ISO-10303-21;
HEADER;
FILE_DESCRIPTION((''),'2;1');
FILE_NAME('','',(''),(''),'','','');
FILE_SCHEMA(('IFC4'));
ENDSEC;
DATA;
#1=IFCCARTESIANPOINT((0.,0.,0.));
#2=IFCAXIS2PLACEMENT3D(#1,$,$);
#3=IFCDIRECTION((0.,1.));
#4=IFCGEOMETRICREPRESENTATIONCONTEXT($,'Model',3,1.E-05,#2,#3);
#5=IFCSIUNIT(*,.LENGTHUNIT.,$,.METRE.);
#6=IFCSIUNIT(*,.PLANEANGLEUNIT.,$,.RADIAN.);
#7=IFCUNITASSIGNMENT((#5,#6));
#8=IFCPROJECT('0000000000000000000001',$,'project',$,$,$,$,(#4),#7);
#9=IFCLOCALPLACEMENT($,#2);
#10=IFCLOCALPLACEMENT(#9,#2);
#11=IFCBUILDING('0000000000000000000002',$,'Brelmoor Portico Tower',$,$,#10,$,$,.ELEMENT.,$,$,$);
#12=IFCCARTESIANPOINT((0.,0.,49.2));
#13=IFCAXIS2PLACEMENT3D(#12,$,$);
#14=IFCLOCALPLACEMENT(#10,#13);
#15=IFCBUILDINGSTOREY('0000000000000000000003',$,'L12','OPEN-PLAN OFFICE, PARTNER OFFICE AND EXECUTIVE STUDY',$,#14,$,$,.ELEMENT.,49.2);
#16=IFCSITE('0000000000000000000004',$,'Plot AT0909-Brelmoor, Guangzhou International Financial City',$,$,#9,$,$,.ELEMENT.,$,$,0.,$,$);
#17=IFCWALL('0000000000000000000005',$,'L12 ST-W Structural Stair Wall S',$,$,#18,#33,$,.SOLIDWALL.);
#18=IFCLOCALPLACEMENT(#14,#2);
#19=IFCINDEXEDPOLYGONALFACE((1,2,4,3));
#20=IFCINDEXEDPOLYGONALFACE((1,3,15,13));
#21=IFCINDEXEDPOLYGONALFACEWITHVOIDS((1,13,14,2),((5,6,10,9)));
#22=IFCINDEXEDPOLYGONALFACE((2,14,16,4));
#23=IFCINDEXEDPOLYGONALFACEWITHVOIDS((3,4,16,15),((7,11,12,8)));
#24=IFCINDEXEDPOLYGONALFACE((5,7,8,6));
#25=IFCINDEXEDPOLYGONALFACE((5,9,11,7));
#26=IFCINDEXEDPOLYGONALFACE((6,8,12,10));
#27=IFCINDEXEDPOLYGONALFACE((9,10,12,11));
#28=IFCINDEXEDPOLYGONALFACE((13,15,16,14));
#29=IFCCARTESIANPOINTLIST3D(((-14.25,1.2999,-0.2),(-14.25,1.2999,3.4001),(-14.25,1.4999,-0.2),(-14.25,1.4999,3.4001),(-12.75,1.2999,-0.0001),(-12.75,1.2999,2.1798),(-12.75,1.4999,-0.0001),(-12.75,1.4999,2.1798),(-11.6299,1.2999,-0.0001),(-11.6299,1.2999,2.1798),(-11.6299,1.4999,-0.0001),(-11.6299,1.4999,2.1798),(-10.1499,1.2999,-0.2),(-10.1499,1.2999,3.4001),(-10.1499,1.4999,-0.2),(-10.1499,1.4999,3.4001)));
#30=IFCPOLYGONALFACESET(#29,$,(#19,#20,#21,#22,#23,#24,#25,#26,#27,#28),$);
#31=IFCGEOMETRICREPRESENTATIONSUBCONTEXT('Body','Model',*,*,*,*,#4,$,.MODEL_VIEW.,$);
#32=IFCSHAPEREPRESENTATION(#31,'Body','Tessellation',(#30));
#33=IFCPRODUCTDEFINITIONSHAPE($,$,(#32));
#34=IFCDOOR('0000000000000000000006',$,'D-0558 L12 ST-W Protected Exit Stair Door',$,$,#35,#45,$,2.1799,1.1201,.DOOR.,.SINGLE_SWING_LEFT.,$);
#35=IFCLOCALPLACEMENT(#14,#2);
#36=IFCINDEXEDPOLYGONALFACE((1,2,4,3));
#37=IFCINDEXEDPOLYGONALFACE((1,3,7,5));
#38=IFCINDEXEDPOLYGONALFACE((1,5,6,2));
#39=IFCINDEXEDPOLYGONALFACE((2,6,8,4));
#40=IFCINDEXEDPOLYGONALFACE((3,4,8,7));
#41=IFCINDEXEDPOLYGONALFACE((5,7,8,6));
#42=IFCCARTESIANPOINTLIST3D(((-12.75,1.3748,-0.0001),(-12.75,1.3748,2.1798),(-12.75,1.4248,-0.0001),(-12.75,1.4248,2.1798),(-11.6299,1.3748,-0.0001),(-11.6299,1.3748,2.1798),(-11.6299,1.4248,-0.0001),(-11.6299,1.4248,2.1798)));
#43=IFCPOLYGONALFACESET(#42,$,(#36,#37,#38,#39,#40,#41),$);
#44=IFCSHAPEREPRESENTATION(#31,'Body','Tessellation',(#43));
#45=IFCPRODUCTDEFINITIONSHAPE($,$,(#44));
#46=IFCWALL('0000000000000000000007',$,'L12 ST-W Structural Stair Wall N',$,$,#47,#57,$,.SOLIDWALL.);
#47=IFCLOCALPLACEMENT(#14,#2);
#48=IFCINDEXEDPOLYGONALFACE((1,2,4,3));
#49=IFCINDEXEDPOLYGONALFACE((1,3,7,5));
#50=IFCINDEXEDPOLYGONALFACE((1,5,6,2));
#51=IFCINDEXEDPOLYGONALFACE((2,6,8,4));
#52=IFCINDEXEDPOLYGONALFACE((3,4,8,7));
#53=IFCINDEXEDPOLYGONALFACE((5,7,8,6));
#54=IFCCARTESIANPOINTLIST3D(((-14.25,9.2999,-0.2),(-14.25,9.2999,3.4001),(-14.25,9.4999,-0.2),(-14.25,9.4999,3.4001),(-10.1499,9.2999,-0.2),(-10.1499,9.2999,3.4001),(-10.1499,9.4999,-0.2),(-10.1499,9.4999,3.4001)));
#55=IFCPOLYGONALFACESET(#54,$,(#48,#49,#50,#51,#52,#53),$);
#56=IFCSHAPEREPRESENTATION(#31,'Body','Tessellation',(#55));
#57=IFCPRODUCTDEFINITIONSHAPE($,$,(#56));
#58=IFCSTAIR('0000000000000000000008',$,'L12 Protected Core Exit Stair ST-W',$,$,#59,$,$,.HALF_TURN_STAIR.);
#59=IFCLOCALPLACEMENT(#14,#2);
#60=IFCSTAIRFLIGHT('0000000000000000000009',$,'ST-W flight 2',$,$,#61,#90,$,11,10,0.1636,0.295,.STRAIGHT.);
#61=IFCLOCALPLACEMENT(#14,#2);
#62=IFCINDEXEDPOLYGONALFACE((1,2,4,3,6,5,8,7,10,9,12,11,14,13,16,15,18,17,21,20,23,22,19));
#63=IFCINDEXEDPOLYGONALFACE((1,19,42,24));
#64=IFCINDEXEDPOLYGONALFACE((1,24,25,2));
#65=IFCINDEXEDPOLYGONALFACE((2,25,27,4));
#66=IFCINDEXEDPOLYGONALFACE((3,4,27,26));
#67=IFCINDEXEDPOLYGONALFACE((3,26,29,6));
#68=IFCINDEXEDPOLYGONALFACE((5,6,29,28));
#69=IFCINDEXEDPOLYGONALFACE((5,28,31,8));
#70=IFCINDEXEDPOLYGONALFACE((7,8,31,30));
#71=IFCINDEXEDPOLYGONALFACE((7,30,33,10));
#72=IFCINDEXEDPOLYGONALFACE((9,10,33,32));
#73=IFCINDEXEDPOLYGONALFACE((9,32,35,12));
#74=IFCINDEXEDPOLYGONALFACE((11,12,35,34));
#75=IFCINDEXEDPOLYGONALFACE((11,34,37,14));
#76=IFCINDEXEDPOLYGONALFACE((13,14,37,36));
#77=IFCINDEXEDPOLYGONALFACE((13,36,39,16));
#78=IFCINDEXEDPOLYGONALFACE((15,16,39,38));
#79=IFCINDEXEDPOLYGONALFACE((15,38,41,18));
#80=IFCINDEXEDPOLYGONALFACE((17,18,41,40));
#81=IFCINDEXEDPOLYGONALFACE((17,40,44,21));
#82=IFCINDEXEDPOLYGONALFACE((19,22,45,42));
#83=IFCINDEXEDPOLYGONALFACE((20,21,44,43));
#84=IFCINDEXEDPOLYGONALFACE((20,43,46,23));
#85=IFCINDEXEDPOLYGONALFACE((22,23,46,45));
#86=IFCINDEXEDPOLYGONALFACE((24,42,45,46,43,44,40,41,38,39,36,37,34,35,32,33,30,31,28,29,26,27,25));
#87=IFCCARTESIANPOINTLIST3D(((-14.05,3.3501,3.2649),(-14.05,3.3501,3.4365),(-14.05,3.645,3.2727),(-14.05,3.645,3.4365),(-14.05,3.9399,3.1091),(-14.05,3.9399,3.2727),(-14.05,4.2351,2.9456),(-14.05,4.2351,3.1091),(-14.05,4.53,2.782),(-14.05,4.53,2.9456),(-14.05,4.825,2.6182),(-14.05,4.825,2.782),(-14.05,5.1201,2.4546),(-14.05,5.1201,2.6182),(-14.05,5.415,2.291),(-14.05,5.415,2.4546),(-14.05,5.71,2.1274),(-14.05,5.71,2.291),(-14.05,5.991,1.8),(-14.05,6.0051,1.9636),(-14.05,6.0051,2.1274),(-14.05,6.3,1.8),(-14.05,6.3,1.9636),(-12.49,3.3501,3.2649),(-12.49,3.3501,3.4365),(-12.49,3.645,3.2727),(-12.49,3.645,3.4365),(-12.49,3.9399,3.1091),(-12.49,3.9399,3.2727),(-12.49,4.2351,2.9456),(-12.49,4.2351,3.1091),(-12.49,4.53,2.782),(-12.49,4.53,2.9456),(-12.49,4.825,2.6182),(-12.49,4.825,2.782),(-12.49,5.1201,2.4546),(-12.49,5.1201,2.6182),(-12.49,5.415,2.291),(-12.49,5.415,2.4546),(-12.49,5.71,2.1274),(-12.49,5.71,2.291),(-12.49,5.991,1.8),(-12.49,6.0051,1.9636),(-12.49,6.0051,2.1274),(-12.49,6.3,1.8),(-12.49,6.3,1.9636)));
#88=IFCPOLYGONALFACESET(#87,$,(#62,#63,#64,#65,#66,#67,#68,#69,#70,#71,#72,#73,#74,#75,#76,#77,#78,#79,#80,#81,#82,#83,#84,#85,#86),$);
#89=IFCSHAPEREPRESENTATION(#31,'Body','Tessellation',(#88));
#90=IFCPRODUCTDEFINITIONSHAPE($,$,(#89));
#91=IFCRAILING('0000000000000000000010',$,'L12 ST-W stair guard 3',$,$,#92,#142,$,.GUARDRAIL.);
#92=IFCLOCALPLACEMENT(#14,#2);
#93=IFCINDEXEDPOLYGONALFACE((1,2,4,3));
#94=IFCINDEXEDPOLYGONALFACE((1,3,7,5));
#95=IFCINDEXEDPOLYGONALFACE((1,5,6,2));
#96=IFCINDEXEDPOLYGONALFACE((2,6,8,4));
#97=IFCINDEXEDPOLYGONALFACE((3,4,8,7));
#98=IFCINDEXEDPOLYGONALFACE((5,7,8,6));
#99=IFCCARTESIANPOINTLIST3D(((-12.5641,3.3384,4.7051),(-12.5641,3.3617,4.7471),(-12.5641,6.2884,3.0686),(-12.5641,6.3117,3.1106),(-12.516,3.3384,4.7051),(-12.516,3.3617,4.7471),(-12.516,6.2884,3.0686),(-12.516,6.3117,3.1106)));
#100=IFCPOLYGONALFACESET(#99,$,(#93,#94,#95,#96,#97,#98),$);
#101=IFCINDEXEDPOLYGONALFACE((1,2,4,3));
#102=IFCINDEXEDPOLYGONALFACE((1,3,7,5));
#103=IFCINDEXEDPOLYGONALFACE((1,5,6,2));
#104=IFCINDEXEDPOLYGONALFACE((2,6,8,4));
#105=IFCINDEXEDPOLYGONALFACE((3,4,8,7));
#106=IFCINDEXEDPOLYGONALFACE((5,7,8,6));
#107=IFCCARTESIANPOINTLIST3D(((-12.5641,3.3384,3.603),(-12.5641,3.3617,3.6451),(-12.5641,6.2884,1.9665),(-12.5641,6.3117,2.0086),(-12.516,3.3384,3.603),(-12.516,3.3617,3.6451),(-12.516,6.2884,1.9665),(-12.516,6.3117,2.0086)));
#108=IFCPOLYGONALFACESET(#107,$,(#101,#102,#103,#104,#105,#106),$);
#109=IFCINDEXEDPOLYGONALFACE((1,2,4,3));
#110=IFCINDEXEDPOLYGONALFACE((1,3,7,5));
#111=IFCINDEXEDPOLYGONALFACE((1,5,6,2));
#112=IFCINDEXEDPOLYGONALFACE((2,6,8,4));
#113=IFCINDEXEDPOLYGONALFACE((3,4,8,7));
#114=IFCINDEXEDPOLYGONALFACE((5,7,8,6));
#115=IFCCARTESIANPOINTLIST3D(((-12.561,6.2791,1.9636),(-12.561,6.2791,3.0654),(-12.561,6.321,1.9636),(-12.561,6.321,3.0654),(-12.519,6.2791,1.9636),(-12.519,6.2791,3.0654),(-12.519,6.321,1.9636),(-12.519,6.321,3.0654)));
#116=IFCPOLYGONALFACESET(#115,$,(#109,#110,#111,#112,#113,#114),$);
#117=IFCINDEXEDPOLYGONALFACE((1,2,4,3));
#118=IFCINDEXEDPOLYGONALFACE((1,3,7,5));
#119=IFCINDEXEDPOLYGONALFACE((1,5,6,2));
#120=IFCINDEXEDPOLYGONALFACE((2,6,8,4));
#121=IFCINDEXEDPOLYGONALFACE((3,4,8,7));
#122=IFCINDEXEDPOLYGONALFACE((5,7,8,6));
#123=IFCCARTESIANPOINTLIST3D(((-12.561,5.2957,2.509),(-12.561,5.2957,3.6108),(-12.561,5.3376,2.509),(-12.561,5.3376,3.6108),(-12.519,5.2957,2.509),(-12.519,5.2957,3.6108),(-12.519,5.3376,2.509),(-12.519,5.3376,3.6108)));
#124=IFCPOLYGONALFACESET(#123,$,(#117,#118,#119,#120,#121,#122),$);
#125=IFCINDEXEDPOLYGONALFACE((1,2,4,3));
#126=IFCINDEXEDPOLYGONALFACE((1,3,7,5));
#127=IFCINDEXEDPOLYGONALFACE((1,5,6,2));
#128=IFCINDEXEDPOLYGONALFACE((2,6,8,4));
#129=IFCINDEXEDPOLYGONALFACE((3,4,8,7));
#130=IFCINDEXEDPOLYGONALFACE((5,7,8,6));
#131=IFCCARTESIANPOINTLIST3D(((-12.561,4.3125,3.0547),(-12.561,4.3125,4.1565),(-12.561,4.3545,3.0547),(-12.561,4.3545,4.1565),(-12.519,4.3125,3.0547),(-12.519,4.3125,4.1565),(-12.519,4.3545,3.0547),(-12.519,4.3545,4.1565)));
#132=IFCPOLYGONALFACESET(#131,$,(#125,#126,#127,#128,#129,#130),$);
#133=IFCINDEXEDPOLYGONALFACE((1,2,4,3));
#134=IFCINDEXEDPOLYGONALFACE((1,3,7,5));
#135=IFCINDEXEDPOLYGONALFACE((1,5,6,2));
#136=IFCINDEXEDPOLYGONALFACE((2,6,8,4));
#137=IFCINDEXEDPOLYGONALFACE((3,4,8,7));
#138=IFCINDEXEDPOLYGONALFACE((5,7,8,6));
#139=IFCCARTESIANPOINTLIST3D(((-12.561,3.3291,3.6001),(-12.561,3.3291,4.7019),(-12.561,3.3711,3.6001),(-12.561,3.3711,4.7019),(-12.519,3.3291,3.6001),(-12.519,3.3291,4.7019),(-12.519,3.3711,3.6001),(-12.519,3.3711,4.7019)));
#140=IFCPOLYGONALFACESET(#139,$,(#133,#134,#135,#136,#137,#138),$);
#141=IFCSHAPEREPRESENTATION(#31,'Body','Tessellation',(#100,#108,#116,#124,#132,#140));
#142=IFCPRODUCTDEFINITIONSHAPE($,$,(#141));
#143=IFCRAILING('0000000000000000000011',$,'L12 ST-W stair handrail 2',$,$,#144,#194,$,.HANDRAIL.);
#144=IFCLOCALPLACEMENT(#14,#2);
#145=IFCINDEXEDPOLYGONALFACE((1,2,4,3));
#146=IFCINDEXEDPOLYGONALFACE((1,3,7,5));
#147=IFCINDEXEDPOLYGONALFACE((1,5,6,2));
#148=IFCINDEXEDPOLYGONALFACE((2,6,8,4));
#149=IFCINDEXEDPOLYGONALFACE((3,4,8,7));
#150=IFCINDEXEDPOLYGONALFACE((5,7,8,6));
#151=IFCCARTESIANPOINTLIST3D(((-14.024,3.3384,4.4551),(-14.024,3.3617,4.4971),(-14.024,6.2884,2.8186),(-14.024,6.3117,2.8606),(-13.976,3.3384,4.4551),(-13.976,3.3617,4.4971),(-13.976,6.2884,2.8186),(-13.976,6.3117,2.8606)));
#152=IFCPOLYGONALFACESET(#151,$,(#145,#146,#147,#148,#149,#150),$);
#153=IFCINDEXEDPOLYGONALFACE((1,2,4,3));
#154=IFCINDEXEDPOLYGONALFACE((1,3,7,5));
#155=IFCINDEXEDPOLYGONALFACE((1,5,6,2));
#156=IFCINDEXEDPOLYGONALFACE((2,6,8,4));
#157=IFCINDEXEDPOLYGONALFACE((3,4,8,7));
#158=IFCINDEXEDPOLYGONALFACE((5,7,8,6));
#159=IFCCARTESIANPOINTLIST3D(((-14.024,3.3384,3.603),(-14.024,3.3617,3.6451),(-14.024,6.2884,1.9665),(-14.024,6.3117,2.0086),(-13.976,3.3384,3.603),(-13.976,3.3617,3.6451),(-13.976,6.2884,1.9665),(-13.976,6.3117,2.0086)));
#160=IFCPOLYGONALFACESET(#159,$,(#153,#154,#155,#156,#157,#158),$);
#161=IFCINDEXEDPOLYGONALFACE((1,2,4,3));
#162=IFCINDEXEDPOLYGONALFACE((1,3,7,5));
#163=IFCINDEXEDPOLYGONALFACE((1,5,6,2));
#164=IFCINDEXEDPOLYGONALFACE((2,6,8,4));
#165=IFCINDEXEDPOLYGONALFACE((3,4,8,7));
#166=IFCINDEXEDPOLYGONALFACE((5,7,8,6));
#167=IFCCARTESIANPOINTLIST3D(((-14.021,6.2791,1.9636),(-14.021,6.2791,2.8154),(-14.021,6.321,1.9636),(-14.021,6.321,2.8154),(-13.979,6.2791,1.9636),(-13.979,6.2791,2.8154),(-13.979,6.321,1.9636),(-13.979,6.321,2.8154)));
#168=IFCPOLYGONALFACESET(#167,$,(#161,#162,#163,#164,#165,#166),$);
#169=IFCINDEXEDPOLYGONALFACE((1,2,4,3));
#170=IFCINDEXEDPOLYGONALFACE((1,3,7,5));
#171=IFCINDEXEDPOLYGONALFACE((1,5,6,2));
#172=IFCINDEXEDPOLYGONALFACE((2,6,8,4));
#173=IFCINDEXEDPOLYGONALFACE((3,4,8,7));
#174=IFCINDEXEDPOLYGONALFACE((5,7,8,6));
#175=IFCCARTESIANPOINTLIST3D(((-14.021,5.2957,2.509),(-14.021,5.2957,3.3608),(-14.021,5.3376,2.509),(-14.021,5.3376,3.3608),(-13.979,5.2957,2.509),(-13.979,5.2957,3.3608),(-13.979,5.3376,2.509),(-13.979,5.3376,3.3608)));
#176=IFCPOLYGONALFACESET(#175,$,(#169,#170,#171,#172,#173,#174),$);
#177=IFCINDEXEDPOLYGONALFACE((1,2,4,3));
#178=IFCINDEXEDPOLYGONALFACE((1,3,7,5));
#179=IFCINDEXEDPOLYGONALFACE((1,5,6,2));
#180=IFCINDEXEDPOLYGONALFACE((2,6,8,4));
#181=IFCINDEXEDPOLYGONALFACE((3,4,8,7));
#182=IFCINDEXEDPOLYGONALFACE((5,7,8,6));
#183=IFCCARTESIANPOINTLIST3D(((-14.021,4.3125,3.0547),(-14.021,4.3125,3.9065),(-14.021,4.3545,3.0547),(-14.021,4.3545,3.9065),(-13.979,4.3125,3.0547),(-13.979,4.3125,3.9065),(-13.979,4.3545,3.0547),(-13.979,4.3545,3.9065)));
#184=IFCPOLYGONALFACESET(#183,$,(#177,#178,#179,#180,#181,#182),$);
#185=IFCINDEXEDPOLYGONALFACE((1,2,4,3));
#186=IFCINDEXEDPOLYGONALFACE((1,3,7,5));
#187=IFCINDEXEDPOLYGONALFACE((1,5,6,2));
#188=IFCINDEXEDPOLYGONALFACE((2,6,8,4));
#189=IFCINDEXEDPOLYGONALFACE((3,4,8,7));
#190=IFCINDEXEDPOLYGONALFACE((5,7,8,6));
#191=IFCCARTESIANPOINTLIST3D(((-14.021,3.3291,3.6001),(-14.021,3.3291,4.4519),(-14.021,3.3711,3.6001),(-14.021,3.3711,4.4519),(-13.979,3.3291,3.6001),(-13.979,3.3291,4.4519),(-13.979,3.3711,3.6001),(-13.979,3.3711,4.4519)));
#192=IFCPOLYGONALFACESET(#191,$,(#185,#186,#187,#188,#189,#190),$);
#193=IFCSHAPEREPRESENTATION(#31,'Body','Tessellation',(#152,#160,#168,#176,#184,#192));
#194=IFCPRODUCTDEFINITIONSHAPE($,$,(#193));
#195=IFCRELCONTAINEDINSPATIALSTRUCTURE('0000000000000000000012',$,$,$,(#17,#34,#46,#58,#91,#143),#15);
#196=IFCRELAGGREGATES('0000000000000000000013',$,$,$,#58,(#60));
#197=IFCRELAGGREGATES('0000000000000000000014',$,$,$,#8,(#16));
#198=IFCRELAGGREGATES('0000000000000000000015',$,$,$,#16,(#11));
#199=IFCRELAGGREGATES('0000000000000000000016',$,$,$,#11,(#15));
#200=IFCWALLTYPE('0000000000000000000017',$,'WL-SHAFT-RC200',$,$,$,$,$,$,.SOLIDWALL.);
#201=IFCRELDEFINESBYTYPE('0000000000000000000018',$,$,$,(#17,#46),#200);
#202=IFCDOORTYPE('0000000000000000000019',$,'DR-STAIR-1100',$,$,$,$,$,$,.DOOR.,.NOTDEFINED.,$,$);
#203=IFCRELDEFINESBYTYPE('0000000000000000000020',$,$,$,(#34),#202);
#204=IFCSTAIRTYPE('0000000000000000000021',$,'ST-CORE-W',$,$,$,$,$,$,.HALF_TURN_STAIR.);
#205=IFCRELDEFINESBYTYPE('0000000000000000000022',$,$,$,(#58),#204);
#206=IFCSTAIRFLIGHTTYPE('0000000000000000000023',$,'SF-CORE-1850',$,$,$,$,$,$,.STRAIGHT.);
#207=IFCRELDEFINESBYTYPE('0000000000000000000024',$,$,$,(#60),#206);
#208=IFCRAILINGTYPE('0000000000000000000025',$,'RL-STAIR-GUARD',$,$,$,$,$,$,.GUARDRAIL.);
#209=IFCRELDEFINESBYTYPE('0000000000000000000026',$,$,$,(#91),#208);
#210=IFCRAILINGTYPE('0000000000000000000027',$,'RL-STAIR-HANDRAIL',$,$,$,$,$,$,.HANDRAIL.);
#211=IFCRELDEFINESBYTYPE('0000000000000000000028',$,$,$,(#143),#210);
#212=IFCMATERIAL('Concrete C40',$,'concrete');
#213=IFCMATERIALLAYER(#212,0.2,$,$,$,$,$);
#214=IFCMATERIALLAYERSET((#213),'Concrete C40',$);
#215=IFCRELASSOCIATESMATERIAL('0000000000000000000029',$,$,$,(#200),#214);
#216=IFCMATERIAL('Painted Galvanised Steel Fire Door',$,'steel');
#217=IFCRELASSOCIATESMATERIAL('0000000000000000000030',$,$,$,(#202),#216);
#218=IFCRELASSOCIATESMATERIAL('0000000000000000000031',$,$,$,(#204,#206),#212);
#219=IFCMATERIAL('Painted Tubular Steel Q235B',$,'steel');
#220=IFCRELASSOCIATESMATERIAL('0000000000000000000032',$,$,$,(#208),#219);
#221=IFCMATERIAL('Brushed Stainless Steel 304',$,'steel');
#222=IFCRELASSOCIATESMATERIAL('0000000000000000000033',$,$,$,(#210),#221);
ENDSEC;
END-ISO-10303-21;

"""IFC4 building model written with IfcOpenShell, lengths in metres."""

from ifc_helpers import new_model, si_unit, direction, frame, frame_2d, origin, origin_2d, place, context, subcontext, project, spatial, polyline, rectangle, outline, extrude, material, layer, layer_set, type_object, element, fill, aggregate, save


model = new_model("IFC4")

# Units and contexts
model_context = context("Model", 3, precision=1e-05, world=origin(), true_north=direction((0.0, 1.0)))
body_context = subcontext(model_context, "Body", "Model", "MODEL_VIEW")
ifc_project = project(units=[si_unit("LENGTHUNIT", "METRE"), si_unit("PLANEANGLEUNIT", "RADIAN")], contexts=[model_context])

# Site, building, storey
site_placement = place(None, origin())
site = spatial("IfcSite", under=ifc_project, at=site_placement, Name="Plot AT0909-Brelmoor, Guangzhou International Financial City", CompositionType="ELEMENT", RefElevation=0.0)
building_placement = place(site_placement, origin())
building = spatial("IfcBuilding", under=site, at=building_placement, Name="Brelmoor Portico Tower", CompositionType="ELEMENT")
storey_placement = place(building_placement, frame((0.0, 0.0, 49.2)))
storey = spatial("IfcBuildingStorey", under=building, at=storey_placement, Name="L12", Description="OPEN-PLAN OFFICE, PARTNER OFFICE AND EXECUTIVE STUDY", CompositionType="ELEMENT", Elevation=49.2)

# Shared definitions
ifc_material_1 = material(Name="Concrete C40", Category="concrete")
ifc_layer_1 = layer(ifc_material_1, 0.2)
ifc_layer_set_1 = layer_set([ifc_layer_1], Name="Concrete C40")
wall_type_1 = type_object("IfcWallType", Name="WL-SHAFT-RC200", PredefinedType="SOLIDWALL", material=ifc_layer_set_1)

# Wall, opening, door
wall_1_placement = place(storey_placement, frame((-14.25, 1.3999, -0.2), z_axis=(0.0, 0.0, 1.0), x_axis=(1.0, 0.0, 0.0)))
wall_1 = element("IfcWall", 1, at=wall_1_placement, inside=storey, type_object=wall_type_1, Name="L12 ST-W Structural Stair Wall S", PredefinedType="SOLIDWALL", context=body_context, shape_type="SweptSolid", body=[
    extrude(rectangle(XDim=4.1001, YDim=0.2, at=frame_2d((2.05, 0.0))), origin(), (0.0, 0.0, 1.0), 3.6001),
])
opening_1_placement = place(wall_1_placement, frame((1.5, 0.0, 0.2)))
opening_1 = element("IfcOpeningElement", 2, at=opening_1_placement, cuts=wall_1, PredefinedType="OPENING", context=body_context, shape_type="SweptSolid", body=[
    extrude(rectangle(XDim=1.1201, YDim=2.1799, at=frame_2d((0.5601, 1.0898))), frame((0.0, 0.1099, 0.0), z_axis=(0.0, -1.0, 0.0), x_axis=(1.0, 0.0, 0.0)), (0.0, 0.0, 1.0), 0.22),
])
ifc_material_2 = material(Name="Painted Galvanised Steel Fire Door", Category="steel")
door_type_1 = type_object("IfcDoorType", Name="DR-STAIR-1100", OperationType="NOTDEFINED", PredefinedType="DOOR", material=ifc_material_2)
door_1_placement = place(opening_1_placement, origin())
door_1 = element("IfcDoor", 3, at=door_1_placement, inside=storey, type_object=door_type_1, Name="D-0558 L12 ST-W Protected Exit Stair Door", OperationType="SINGLE_SWING_LEFT", OverallHeight=2.1799, OverallWidth=1.1201, PredefinedType="DOOR", context=body_context, shape_type="SweptSolid", body=[
    extrude(rectangle(XDim=1.1201, YDim=2.1799, at=frame_2d((0.5601, 1.0898))), frame((0.0, 0.0249, 0.0), z_axis=(0.0, -1.0, 0.0), x_axis=(1.0, 0.0, 0.0)), (0.0, 0.0, 1.0), 0.05),
])
fill(opening_1, door_1)

# Wall
wall_2_placement = place(storey_placement, frame((-14.25, 9.3999, -0.2), z_axis=(0.0, 0.0, 1.0), x_axis=(1.0, 0.0, 0.0)))
element("IfcWall", 4, at=wall_2_placement, inside=storey, type_object=wall_type_1, Name="L12 ST-W Structural Stair Wall N", PredefinedType="SOLIDWALL", context=body_context, shape_type="SweptSolid", body=[
    extrude(rectangle(XDim=4.1001, YDim=0.2, at=frame_2d((2.05, 0.0))), origin(), (0.0, 0.0, 1.0), 3.6001),
])

# Stair, stair flight
stair_type = type_object("IfcStairType", Name="ST-CORE-W", PredefinedType="HALF_TURN_STAIR", material=ifc_material_1)
stair_placement = place(storey_placement, origin())
stair = element("IfcStair", 5, at=stair_placement, inside=storey, type_object=stair_type, Name="L12 Protected Core Exit Stair ST-W", PredefinedType="HALF_TURN_STAIR")
stair_flight_type = type_object("IfcStairFlightType", Name="SF-CORE-1850", PredefinedType="STRAIGHT", material=ifc_material_1)
stair_flight_placement = place(storey_placement, frame((-13.27, 6.3, 1.8), z_axis=(0.0, 0.0, 1.0), x_axis=(0.0, -1.0, 0.0)))
stair_flight = element("IfcStairFlight", 6, at=stair_flight_placement, type_object=stair_flight_type, Name="ST-W flight 2", NumberOfRisers=11, NumberOfTreads=10, PredefinedType="STRAIGHT", RiserHeight=0.1636, TreadLength=0.295, context=body_context, shape_type="SweptSolid", body=[
    extrude(outline(polyline([(0.0, 0.0), (0.0, 0.1636), (0.2949, 0.1636), (0.2949, 0.3274), (0.5901, 0.3274), (0.5901, 0.491), (0.885, 0.491), (0.885, 0.6545), (1.1799, 0.6545), (1.1799, 0.8181), (1.4751, 0.8181), (1.4751, 0.9819), (1.77, 0.9819), (1.77, 1.1455), (2.0649, 1.1455), (2.0649, 1.3091), (2.3601, 1.3091), (2.3601, 1.4727), (2.655, 1.4727), (2.655, 1.6365), (2.95, 1.6365), (2.95, 1.8), (2.95, 1.4648), (0.3091, 0.0), (0.0, 0.0)])), frame((0.0, 0.78, 0.0), z_axis=(0.0, -1.0, 0.0), x_axis=(1.0, 0.0, 0.0)), (0.0, 0.0, 1.0), 1.5601),
])
aggregate(stair, [stair_flight])

# Railings
ifc_material_3 = material(Name="Painted Tubular Steel Q235B", Category="steel")
railing_type_1 = type_object("IfcRailingType", Name="RL-STAIR-GUARD", PredefinedType="GUARDRAIL", material=ifc_material_3)
railing_1_placement = place(storey_placement, frame((-12.54, 6.3, 1.9636)))
element("IfcRailing", 7, at=railing_1_placement, inside=storey, type_object=railing_type_1, Name="L12 ST-W stair guard 3", PredefinedType="GUARDRAIL", context=body_context, shape_type="SweptSolid", body=[
    extrude(rectangle(XDim=0.0481, YDim=0.0481, at=origin_2d()), frame((0.0, 0.0, 1.126), z_axis=(0.0, -0.874458, 0.485102), x_axis=(1.0, 0.0, 0.0)), (0.0, 0.0, 1.0), 3.3735),
    extrude(rectangle(XDim=0.0481, YDim=0.0481, at=origin_2d()), frame((0.0, 0.0, 0.0239), z_axis=(0.0, -0.874458, 0.485102), x_axis=(1.0, 0.0, 0.0)), (0.0, 0.0, 1.0), 3.3735),
    extrude(rectangle(XDim=0.042, YDim=0.042, at=origin_2d()), origin(), (0.0, 0.0, 1.0), 1.1018),
    extrude(rectangle(XDim=0.042, YDim=0.042, at=origin_2d()), frame((0.0, -0.9834, 0.5454)), (0.0, 0.0, 1.0), 1.1018),
    extrude(rectangle(XDim=0.042, YDim=0.042, at=origin_2d()), frame((0.0, -1.9666, 1.0911)), (0.0, 0.0, 1.0), 1.1018),
    extrude(rectangle(XDim=0.042, YDim=0.042, at=origin_2d()), frame((0.0, -2.95, 1.6365)), (0.0, 0.0, 1.0), 1.1018),
])
ifc_material_4 = material(Name="Brushed Stainless Steel 304", Category="steel")
railing_type_2 = type_object("IfcRailingType", Name="RL-STAIR-HANDRAIL", PredefinedType="HANDRAIL", material=ifc_material_4)
railing_2_placement = place(storey_placement, frame((-14.0, 6.3, 1.9636)))
element("IfcRailing", 8, at=railing_2_placement, inside=storey, type_object=railing_type_2, Name="L12 ST-W stair handrail 2", PredefinedType="HANDRAIL", context=body_context, shape_type="SweptSolid", body=[
    extrude(rectangle(XDim=0.0481, YDim=0.0481, at=origin_2d()), frame((0.0, 0.0, 0.876), z_axis=(0.0, -0.874458, 0.485102), x_axis=(1.0, 0.0, 0.0)), (0.0, 0.0, 1.0), 3.3735),
    extrude(rectangle(XDim=0.0481, YDim=0.0481, at=origin_2d()), frame((0.0, 0.0, 0.0239), z_axis=(0.0, -0.874458, 0.485102), x_axis=(1.0, 0.0, 0.0)), (0.0, 0.0, 1.0), 3.3735),
    extrude(rectangle(XDim=0.042, YDim=0.042, at=origin_2d()), origin(), (0.0, 0.0, 1.0), 0.8518),
    extrude(rectangle(XDim=0.042, YDim=0.042, at=origin_2d()), frame((0.0, -0.9834, 0.5454)), (0.0, 0.0, 1.0), 0.8518),
    extrude(rectangle(XDim=0.042, YDim=0.042, at=origin_2d()), frame((0.0, -1.9666, 1.0911)), (0.0, 0.0, 1.0), 0.8518),
    extrude(rectangle(XDim=0.042, YDim=0.042, at=origin_2d()), frame((0.0, -2.95, 1.6365)), (0.0, 0.0, 1.0), 0.8518),
])

save(model, "model.ifc")
